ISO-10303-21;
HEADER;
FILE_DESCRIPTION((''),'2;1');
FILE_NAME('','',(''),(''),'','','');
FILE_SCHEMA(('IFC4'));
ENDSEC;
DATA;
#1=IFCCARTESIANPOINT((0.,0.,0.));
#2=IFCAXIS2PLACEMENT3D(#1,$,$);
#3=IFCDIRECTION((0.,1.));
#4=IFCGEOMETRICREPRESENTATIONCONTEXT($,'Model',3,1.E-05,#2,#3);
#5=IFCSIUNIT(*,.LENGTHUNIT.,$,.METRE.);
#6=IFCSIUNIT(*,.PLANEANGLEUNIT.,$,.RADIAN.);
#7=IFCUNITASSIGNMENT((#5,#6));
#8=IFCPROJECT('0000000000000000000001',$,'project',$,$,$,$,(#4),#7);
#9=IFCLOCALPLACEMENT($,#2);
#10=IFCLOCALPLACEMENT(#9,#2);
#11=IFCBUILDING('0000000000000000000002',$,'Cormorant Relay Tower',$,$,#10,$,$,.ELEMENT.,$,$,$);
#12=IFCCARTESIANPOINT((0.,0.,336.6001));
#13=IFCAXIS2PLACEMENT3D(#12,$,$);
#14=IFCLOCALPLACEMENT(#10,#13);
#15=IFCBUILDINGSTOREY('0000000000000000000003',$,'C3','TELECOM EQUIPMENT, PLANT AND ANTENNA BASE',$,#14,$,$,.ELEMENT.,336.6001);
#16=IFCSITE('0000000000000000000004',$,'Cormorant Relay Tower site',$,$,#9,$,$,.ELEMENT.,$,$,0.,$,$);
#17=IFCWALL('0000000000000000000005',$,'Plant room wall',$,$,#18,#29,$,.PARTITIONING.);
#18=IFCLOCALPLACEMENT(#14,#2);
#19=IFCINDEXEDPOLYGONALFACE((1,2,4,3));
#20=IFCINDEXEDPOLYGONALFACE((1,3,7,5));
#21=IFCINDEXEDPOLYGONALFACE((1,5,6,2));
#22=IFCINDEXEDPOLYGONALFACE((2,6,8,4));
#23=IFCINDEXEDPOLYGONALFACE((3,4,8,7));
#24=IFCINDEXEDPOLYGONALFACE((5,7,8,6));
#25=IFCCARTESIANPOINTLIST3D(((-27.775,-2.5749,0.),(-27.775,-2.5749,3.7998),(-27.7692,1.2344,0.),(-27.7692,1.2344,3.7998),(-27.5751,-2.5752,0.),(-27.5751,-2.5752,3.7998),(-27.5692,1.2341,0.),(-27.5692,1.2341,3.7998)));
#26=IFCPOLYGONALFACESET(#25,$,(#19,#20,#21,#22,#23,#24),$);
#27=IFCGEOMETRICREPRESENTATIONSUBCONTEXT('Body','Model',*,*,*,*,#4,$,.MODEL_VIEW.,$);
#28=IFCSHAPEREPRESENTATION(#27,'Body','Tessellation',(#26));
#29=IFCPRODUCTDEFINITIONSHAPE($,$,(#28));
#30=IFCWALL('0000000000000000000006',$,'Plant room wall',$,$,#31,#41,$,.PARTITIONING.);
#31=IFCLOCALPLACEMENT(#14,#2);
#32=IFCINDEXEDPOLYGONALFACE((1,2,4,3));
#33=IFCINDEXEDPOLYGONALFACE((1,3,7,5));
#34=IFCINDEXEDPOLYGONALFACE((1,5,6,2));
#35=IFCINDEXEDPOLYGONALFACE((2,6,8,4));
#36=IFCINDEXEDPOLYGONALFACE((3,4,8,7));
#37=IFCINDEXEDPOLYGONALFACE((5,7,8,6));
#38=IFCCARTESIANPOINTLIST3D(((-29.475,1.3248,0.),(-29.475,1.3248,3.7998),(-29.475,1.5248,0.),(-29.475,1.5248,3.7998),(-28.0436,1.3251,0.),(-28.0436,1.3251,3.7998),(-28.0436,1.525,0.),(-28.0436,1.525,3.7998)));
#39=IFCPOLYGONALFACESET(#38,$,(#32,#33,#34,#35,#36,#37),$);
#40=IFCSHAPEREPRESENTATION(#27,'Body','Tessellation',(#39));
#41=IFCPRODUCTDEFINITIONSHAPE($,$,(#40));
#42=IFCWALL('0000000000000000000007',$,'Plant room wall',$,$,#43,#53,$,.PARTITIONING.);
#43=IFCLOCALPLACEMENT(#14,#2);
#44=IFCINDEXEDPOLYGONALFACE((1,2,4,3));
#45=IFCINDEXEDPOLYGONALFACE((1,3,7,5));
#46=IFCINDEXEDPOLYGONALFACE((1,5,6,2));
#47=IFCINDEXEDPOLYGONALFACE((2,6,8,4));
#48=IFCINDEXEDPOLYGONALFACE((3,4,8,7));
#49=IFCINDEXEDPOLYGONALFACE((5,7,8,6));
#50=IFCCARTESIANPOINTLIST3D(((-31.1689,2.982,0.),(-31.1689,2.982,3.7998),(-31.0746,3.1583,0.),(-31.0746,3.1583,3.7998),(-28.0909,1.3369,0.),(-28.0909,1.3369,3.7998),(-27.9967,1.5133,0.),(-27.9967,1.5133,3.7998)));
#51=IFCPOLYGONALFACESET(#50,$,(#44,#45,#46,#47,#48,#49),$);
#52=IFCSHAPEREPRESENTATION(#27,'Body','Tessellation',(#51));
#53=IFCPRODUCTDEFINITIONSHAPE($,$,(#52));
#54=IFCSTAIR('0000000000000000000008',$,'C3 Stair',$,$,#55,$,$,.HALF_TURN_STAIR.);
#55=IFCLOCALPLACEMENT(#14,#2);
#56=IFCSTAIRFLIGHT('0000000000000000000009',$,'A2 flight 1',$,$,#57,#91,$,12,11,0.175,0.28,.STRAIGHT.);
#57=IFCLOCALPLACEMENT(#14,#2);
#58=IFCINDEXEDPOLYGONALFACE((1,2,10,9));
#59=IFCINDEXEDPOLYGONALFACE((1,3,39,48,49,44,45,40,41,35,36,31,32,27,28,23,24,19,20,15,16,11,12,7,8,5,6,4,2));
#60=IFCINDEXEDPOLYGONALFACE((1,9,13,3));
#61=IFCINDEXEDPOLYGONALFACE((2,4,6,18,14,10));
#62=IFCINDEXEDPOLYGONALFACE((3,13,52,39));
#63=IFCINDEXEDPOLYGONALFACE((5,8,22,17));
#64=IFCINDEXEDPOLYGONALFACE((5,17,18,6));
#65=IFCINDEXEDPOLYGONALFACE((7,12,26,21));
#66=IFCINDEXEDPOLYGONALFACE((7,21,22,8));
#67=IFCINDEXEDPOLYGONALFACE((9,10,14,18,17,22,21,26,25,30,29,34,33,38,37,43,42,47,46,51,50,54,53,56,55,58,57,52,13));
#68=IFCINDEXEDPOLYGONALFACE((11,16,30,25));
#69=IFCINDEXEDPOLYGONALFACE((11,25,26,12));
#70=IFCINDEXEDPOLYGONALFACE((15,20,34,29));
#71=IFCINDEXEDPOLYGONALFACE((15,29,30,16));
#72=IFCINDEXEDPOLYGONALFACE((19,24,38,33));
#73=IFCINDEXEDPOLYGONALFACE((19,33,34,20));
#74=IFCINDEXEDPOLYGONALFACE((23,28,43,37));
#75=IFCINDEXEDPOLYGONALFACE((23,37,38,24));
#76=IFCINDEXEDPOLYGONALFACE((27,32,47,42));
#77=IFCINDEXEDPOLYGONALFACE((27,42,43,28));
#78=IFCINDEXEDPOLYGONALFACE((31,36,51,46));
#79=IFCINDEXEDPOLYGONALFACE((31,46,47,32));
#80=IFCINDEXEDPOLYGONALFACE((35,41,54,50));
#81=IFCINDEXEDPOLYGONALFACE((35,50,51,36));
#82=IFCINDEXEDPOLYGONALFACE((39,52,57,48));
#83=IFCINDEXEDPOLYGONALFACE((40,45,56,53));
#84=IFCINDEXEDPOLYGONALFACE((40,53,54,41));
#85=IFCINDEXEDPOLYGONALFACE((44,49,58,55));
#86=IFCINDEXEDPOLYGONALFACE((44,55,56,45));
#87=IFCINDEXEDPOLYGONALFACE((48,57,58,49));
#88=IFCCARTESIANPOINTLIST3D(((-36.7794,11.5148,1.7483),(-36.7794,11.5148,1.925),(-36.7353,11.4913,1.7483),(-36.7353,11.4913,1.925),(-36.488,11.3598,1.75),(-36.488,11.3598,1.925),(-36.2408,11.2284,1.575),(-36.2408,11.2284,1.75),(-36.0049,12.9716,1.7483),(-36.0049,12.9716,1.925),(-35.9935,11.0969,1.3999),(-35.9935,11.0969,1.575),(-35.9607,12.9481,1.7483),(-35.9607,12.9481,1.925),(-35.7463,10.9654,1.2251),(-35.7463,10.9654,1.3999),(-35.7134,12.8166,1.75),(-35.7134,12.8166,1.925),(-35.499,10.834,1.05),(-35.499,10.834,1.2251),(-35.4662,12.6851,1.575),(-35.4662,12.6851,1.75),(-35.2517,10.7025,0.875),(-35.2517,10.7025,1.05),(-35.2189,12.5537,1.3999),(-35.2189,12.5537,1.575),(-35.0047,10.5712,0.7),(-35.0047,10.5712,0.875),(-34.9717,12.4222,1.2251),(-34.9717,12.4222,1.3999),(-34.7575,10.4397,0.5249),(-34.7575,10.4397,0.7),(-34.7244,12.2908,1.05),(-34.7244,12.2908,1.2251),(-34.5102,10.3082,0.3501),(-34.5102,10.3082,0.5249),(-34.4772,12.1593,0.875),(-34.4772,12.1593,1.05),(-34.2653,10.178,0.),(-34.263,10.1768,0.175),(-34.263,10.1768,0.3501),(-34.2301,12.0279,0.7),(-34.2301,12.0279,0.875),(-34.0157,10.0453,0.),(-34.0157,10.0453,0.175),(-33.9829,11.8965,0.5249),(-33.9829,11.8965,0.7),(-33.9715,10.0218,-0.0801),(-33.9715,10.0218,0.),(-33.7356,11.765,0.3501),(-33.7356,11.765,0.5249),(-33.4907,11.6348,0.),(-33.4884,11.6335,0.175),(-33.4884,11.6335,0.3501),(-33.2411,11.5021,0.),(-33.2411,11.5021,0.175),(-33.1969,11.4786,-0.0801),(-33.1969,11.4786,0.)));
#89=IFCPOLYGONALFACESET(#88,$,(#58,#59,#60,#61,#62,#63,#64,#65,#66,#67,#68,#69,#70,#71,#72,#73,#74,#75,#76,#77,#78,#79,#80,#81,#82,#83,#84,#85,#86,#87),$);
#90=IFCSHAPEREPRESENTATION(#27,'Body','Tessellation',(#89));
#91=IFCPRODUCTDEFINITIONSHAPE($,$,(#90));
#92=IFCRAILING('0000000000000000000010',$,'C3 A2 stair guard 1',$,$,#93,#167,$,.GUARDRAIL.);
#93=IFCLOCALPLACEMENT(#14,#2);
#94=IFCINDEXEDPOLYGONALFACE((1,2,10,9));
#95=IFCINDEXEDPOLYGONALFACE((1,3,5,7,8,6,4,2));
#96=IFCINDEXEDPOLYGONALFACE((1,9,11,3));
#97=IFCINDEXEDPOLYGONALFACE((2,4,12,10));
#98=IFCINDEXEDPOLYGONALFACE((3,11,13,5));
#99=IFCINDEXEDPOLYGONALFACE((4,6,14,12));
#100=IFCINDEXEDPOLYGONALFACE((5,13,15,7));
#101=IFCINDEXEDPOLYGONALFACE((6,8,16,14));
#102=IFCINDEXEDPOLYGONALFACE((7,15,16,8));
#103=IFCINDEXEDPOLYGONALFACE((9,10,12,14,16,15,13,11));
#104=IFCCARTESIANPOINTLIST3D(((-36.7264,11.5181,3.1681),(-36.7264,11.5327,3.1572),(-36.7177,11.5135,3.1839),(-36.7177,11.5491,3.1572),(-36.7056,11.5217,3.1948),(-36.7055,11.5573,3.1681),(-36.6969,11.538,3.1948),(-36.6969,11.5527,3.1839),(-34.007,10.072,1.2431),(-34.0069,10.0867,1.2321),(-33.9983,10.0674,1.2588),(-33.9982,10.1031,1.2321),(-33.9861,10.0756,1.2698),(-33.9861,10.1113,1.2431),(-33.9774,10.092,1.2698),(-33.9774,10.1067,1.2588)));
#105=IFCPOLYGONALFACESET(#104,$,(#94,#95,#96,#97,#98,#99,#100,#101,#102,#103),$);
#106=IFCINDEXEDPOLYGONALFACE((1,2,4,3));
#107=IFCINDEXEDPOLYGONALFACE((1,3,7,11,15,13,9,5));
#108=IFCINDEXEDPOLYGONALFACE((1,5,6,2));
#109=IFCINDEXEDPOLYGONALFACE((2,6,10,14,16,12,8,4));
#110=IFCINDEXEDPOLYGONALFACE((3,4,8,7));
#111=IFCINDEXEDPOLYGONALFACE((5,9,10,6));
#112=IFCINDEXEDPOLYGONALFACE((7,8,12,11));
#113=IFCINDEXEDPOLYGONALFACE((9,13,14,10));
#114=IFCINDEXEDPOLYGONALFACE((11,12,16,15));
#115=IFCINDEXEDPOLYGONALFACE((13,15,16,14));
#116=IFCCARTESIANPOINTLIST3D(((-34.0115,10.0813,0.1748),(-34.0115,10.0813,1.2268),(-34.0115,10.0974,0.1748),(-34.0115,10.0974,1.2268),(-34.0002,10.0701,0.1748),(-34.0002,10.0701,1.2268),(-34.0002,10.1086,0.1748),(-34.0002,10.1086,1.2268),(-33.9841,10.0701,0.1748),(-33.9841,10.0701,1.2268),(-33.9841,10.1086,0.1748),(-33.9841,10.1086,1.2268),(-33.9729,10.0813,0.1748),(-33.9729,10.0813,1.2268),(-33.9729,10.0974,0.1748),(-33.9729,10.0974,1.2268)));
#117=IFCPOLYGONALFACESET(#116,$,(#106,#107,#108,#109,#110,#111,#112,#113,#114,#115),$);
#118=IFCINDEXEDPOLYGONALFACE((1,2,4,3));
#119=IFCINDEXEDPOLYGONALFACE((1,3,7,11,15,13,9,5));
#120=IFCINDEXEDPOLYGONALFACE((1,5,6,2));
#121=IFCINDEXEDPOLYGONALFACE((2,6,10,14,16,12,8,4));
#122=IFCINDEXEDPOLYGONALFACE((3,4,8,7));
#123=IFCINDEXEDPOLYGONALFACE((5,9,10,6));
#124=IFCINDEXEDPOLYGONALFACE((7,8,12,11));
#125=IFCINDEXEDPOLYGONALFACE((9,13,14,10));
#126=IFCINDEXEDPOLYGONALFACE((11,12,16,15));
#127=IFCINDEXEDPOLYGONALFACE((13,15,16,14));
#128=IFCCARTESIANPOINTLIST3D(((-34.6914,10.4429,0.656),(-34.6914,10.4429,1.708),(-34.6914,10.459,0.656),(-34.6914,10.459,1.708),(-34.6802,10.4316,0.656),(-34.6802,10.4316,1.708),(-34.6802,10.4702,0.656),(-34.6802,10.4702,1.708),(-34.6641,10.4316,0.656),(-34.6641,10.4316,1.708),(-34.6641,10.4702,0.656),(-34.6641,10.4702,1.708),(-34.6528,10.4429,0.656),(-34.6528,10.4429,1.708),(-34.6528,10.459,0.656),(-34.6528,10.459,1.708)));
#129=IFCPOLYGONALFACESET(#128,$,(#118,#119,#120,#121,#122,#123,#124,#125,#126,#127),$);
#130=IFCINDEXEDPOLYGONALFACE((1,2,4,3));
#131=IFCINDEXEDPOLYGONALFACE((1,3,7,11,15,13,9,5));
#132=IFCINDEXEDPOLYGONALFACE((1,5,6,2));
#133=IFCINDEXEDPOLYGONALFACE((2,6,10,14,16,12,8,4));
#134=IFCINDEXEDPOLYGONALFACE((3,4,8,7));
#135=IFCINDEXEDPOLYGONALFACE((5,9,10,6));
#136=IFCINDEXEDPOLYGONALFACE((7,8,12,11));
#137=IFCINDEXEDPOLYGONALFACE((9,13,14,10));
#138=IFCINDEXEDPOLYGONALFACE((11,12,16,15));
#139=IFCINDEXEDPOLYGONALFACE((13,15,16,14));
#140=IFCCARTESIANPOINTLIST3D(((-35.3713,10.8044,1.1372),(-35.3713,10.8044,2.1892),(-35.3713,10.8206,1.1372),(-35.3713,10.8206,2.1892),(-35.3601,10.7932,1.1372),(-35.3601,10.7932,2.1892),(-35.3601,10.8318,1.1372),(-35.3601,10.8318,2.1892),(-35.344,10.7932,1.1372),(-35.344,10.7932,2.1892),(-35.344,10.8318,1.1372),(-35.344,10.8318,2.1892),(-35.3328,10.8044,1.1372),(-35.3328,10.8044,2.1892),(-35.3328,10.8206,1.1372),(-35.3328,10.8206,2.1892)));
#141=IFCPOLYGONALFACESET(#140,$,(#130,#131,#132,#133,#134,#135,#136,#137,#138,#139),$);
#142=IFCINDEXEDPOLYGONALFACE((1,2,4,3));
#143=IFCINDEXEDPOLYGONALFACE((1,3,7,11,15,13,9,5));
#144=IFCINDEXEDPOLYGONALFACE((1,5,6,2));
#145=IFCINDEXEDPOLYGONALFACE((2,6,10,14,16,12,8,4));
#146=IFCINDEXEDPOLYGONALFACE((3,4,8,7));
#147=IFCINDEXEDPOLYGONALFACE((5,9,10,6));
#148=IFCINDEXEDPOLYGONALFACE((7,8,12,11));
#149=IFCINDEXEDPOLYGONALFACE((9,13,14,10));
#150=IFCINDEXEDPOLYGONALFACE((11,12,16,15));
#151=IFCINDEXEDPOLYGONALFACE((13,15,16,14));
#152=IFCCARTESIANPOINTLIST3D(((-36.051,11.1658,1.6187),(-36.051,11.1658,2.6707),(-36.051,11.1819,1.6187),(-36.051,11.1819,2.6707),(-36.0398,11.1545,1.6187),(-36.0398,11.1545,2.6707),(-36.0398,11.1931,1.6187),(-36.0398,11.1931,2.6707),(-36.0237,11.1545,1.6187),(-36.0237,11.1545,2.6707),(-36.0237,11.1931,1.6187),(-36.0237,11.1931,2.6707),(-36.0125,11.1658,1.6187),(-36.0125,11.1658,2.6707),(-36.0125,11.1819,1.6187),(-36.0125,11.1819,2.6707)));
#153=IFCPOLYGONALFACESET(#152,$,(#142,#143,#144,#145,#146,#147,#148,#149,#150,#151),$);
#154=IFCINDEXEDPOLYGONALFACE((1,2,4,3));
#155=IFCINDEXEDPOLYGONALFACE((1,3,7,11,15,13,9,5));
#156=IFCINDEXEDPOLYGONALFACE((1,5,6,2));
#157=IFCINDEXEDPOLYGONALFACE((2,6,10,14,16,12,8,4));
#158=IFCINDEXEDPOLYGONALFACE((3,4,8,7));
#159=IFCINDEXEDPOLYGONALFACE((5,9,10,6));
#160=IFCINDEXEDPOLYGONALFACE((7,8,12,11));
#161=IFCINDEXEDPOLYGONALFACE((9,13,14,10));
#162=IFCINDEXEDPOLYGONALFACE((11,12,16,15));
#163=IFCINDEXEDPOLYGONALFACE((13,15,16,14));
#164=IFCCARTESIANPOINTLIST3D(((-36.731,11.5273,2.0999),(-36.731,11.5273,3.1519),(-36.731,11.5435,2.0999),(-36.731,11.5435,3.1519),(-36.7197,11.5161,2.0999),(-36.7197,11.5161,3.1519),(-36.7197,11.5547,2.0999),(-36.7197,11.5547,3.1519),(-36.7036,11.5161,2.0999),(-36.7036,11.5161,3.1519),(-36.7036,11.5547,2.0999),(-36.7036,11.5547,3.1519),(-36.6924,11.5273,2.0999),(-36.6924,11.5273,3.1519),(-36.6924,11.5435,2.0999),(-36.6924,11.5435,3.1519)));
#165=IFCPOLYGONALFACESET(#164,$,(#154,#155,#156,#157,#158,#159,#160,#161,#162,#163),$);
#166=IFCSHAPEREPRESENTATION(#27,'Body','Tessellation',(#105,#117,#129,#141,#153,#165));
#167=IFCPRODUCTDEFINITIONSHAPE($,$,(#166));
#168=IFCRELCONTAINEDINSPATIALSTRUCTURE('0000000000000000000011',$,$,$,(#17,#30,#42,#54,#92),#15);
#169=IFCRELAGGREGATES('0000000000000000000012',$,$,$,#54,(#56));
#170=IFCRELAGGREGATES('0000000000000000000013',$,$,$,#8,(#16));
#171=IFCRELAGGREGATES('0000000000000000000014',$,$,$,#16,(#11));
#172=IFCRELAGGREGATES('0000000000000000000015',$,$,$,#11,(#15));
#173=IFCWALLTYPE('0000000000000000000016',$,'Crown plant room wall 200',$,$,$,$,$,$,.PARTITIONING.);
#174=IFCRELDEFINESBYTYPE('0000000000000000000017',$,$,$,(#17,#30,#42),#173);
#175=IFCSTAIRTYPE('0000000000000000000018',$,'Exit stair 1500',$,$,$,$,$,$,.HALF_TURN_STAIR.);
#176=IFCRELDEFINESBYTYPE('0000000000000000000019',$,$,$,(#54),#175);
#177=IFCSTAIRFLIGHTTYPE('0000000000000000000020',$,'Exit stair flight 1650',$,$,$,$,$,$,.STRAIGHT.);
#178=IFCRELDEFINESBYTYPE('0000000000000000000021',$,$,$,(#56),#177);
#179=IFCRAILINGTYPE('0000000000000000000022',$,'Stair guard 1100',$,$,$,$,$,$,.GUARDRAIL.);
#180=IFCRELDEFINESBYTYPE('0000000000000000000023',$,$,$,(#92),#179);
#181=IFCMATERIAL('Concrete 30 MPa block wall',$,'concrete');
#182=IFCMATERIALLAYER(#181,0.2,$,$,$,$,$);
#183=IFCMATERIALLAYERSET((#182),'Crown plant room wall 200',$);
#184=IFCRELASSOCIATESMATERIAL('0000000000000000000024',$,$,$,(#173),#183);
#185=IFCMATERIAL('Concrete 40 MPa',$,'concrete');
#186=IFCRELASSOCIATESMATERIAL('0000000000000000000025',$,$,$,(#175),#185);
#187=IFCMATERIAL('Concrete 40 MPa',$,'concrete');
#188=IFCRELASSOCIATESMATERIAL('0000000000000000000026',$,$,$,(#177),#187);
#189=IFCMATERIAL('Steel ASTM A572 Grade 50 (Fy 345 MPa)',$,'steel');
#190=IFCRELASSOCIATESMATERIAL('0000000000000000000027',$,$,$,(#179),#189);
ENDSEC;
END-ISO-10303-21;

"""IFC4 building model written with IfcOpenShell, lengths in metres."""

from ifc_helpers import new_model, si_unit, direction, frame, frame_2d, origin, place, context, subcontext, project, spatial, polyline, rectangle, outline, extrude, material, layer, layer_set, type_object, element, aggregate, save


model = new_model("IFC4")

# Units and contexts
model_context = context("Model", 3, precision=1e-05, world=origin(), true_north=direction((0.0, 1.0)))
body_context = subcontext(model_context, "Body", "Model", "MODEL_VIEW")
ifc_project = project(units=[si_unit("LENGTHUNIT", "METRE"), si_unit("PLANEANGLEUNIT", "RADIAN")], contexts=[model_context])

# Site, building, storey
site_placement = place(None, origin())
site = spatial("IfcSite", under=ifc_project, at=site_placement, Name="Cormorant Relay Tower site", CompositionType="ELEMENT", RefElevation=0.0)
building_placement = place(site_placement, origin())
building = spatial("IfcBuilding", under=site, at=building_placement, Name="Cormorant Relay Tower", CompositionType="ELEMENT")
storey_placement = place(building_placement, frame((0.0, 0.0, 336.6001)))
storey = spatial("IfcBuildingStorey", under=building, at=storey_placement, Name="C3", Description="TELECOM EQUIPMENT, PLANT AND ANTENNA BASE", CompositionType="ELEMENT", Elevation=336.6001)

# Shared definitions
ifc_material_1 = material(Name="Concrete 30 MPa block wall", Category="concrete")
ifc_layer_1 = layer(ifc_material_1, 0.2)
ifc_layer_set_1 = layer_set([ifc_layer_1], Name="Crown plant room wall 200")
wall_type_1 = type_object("IfcWallType", Name="Crown plant room wall 200", PredefinedType="PARTITIONING", material=ifc_layer_set_1)

# Walls
wall_1_placement = place(storey_placement, frame((-27.6692, 1.2344, 0.0), z_axis=(0.0, 0.0, 1.0), x_axis=(-0.001538, -0.999999, 0.0)))
element("IfcWall", 1, at=wall_1_placement, inside=storey, type_object=wall_type_1, Name="Plant room wall", PredefinedType="PARTITIONING", context=body_context, shape_type="SweptSolid", body=[
    extrude(rectangle(XDim=3.8093, YDim=0.2, at=frame_2d((1.9048, 0.0))), origin(), (0.0, 0.0, 1.0), 3.7998),
])
wall_2_placement = place(storey_placement, frame((-29.4751, 1.4248, 0.0), z_axis=(0.0, 0.0, 1.0), x_axis=(1.0, 0.000171, 0.0)))
element("IfcWall", 2, at=wall_2_placement, inside=storey, type_object=wall_type_1, Name="Plant room wall", PredefinedType="PARTITIONING", context=body_context, shape_type="SweptSolid", body=[
    extrude(rectangle(XDim=1.4314, YDim=0.2, at=frame_2d((0.7158, 0.0))), origin(), (0.0, 0.0, 1.0), 3.7998),
])
wall_3_placement = place(storey_placement, frame((-28.0437, 1.425, 0.0), z_axis=(0.0, 0.0, 1.0), x_axis=(-0.881938, 0.471365, 0.0)))
element("IfcWall", 3, at=wall_3_placement, inside=storey, type_object=wall_type_1, Name="Plant room wall", PredefinedType="PARTITIONING", context=body_context, shape_type="SweptSolid", body=[
    extrude(rectangle(XDim=3.49, YDim=0.2, at=frame_2d((1.7451, 0.0))), origin(), (0.0, 0.0, 1.0), 3.7998),
])

# Stair, stair flight
ifc_material_2 = material(Name="Concrete 40 MPa", Category="concrete")
stair_type = type_object("IfcStairType", Name="Exit stair 1500", PredefinedType="HALF_TURN_STAIR", material=ifc_material_2)
stair_placement = place(storey_placement, origin())
stair = element("IfcStair", 4, at=stair_placement, inside=storey, type_object=stair_type, Name="C3 Stair", PredefinedType="HALF_TURN_STAIR")
ifc_material_3 = material(Name="Concrete 40 MPa", Category="concrete")
stair_flight_type = type_object("IfcStairFlightType", Name="Exit stair flight 1650", PredefinedType="STRAIGHT", material=ifc_material_3)
stair_flight_placement = place(storey_placement, frame((-33.6284, 10.7737, 0.0), z_axis=(0.0, 0.0, 1.0), x_axis=(-0.882948, 0.469472, 0.0)))
stair_flight = element("IfcStairFlight", 5, at=stair_flight_placement, type_object=stair_flight_type, Name="A2 flight 1", NumberOfRisers=12, NumberOfTreads=11, PredefinedType="STRAIGHT", RiserHeight=0.175, TreadLength=0.28, context=body_context, shape_type="SweptSolid", body=[
    extrude(outline(polyline([(-0.05, -0.0801), (-0.05, 0.0), (0.0, 0.0), (0.0, 0.175), (0.28, 0.175), (0.28, 0.3501), (0.5601, 0.3501), (0.5601, 0.5249), (0.8401, 0.5249), (0.8401, 0.7), (1.1201, 0.7), (1.1201, 0.875), (1.3999, 0.875), (1.3999, 1.05), (1.6799, 1.05), (1.6799, 1.2251), (1.96, 1.2251), (1.96, 1.3999), (2.24, 1.3999), (2.24, 1.575), (2.52, 1.575), (2.52, 1.75), (2.8, 1.75), (2.8, 1.925), (3.0801, 1.925), (3.1301, 1.925), (3.1301, 1.7483), (3.0801, 1.7483), (0.2827, 0.0), (-0.05, -0.0801)])), frame((0.0, 0.825, 0.0), z_axis=(0.0, -1.0, 0.0), x_axis=(1.0, 0.0, 0.0)), (0.0, 0.0, 1.0), 1.6499),
])
aggregate(stair, [stair_flight])

# Railing
ifc_material_4 = material(Name="Steel ASTM A572 Grade 50 (Fy 345 MPa)", Category="steel")
railing_type_1 = type_object("IfcRailingType", Name="Stair guard 1100", PredefinedType="GUARDRAIL", material=ifc_material_4)
railing_1_placement = place(storey_placement, frame((-33.9922, 10.0894, 0.1748)))
element("IfcRailing", 6, at=railing_1_placement, inside=storey, type_object=railing_type_1, Name="C3 A2 stair guard 1", PredefinedType="GUARDRAIL", context=body_context, shape_type="SweptSolid", body=[
    extrude(outline(polyline([(0.0222, 0.0093), (0.0093, 0.0222), (-0.0093, 0.0222), (-0.0222, 0.0093), (-0.0222, -0.0093), (-0.0093, -0.0222), (0.0093, -0.0222), (0.0222, -0.0093), (0.0222, 0.0093)])), frame((0.0, 0.0, 1.0762), z_axis=(-0.748727, 0.398125, 0.530004), x_axis=(-0.469489, -0.882938, 0.0)), (0.0, 0.0, 1.0), 3.6321),
    extrude(outline(polyline([(0.0193, 0.0081), (0.0081, 0.0193), (-0.0081, 0.0193), (-0.0193, 0.0081), (-0.0193, -0.0081), (-0.0081, -0.0193), (0.0081, -0.0193), (0.0193, -0.0081), (0.0193, 0.0081)])), origin(), (0.0, 0.0, 1.0), 1.052),
    extrude(outline(polyline([(0.0193, 0.0081), (0.0081, 0.0193), (-0.0081, 0.0193), (-0.0193, 0.0081), (-0.0193, -0.0081), (-0.0081, -0.0193), (0.0081, -0.0193), (0.0193, -0.0081), (0.0193, 0.0081)])), frame((-0.6799, 0.3616, 0.4812)), (0.0, 0.0, 1.0), 1.052),
    extrude(outline(polyline([(0.0193, 0.0081), (0.0081, 0.0193), (-0.0081, 0.0193), (-0.0193, 0.0081), (-0.0193, -0.0081), (-0.0081, -0.0193), (0.0081, -0.0193), (0.0193, -0.0081), (0.0193, 0.0081)])), frame((-1.3599, 0.7231, 0.9624)), (0.0, 0.0, 1.0), 1.052),
    extrude(outline(polyline([(0.0193, 0.0081), (0.0081, 0.0193), (-0.0081, 0.0193), (-0.0193, 0.0081), (-0.0193, -0.0081), (-0.0081, -0.0193), (0.0081, -0.0193), (0.0193, -0.0081), (0.0193, 0.0081)])), frame((-2.0396, 1.0845, 1.4438)), (0.0, 0.0, 1.0), 1.052),
    extrude(outline(polyline([(0.0193, 0.0081), (0.0081, 0.0193), (-0.0081, 0.0193), (-0.0193, 0.0081), (-0.0193, -0.0081), (-0.0081, -0.0193), (0.0081, -0.0193), (0.0193, -0.0081), (0.0193, 0.0081)])), frame((-2.7195, 1.446, 1.925)), (0.0, 0.0, 1.0), 1.052),
])

save(model, "model.ifc")
